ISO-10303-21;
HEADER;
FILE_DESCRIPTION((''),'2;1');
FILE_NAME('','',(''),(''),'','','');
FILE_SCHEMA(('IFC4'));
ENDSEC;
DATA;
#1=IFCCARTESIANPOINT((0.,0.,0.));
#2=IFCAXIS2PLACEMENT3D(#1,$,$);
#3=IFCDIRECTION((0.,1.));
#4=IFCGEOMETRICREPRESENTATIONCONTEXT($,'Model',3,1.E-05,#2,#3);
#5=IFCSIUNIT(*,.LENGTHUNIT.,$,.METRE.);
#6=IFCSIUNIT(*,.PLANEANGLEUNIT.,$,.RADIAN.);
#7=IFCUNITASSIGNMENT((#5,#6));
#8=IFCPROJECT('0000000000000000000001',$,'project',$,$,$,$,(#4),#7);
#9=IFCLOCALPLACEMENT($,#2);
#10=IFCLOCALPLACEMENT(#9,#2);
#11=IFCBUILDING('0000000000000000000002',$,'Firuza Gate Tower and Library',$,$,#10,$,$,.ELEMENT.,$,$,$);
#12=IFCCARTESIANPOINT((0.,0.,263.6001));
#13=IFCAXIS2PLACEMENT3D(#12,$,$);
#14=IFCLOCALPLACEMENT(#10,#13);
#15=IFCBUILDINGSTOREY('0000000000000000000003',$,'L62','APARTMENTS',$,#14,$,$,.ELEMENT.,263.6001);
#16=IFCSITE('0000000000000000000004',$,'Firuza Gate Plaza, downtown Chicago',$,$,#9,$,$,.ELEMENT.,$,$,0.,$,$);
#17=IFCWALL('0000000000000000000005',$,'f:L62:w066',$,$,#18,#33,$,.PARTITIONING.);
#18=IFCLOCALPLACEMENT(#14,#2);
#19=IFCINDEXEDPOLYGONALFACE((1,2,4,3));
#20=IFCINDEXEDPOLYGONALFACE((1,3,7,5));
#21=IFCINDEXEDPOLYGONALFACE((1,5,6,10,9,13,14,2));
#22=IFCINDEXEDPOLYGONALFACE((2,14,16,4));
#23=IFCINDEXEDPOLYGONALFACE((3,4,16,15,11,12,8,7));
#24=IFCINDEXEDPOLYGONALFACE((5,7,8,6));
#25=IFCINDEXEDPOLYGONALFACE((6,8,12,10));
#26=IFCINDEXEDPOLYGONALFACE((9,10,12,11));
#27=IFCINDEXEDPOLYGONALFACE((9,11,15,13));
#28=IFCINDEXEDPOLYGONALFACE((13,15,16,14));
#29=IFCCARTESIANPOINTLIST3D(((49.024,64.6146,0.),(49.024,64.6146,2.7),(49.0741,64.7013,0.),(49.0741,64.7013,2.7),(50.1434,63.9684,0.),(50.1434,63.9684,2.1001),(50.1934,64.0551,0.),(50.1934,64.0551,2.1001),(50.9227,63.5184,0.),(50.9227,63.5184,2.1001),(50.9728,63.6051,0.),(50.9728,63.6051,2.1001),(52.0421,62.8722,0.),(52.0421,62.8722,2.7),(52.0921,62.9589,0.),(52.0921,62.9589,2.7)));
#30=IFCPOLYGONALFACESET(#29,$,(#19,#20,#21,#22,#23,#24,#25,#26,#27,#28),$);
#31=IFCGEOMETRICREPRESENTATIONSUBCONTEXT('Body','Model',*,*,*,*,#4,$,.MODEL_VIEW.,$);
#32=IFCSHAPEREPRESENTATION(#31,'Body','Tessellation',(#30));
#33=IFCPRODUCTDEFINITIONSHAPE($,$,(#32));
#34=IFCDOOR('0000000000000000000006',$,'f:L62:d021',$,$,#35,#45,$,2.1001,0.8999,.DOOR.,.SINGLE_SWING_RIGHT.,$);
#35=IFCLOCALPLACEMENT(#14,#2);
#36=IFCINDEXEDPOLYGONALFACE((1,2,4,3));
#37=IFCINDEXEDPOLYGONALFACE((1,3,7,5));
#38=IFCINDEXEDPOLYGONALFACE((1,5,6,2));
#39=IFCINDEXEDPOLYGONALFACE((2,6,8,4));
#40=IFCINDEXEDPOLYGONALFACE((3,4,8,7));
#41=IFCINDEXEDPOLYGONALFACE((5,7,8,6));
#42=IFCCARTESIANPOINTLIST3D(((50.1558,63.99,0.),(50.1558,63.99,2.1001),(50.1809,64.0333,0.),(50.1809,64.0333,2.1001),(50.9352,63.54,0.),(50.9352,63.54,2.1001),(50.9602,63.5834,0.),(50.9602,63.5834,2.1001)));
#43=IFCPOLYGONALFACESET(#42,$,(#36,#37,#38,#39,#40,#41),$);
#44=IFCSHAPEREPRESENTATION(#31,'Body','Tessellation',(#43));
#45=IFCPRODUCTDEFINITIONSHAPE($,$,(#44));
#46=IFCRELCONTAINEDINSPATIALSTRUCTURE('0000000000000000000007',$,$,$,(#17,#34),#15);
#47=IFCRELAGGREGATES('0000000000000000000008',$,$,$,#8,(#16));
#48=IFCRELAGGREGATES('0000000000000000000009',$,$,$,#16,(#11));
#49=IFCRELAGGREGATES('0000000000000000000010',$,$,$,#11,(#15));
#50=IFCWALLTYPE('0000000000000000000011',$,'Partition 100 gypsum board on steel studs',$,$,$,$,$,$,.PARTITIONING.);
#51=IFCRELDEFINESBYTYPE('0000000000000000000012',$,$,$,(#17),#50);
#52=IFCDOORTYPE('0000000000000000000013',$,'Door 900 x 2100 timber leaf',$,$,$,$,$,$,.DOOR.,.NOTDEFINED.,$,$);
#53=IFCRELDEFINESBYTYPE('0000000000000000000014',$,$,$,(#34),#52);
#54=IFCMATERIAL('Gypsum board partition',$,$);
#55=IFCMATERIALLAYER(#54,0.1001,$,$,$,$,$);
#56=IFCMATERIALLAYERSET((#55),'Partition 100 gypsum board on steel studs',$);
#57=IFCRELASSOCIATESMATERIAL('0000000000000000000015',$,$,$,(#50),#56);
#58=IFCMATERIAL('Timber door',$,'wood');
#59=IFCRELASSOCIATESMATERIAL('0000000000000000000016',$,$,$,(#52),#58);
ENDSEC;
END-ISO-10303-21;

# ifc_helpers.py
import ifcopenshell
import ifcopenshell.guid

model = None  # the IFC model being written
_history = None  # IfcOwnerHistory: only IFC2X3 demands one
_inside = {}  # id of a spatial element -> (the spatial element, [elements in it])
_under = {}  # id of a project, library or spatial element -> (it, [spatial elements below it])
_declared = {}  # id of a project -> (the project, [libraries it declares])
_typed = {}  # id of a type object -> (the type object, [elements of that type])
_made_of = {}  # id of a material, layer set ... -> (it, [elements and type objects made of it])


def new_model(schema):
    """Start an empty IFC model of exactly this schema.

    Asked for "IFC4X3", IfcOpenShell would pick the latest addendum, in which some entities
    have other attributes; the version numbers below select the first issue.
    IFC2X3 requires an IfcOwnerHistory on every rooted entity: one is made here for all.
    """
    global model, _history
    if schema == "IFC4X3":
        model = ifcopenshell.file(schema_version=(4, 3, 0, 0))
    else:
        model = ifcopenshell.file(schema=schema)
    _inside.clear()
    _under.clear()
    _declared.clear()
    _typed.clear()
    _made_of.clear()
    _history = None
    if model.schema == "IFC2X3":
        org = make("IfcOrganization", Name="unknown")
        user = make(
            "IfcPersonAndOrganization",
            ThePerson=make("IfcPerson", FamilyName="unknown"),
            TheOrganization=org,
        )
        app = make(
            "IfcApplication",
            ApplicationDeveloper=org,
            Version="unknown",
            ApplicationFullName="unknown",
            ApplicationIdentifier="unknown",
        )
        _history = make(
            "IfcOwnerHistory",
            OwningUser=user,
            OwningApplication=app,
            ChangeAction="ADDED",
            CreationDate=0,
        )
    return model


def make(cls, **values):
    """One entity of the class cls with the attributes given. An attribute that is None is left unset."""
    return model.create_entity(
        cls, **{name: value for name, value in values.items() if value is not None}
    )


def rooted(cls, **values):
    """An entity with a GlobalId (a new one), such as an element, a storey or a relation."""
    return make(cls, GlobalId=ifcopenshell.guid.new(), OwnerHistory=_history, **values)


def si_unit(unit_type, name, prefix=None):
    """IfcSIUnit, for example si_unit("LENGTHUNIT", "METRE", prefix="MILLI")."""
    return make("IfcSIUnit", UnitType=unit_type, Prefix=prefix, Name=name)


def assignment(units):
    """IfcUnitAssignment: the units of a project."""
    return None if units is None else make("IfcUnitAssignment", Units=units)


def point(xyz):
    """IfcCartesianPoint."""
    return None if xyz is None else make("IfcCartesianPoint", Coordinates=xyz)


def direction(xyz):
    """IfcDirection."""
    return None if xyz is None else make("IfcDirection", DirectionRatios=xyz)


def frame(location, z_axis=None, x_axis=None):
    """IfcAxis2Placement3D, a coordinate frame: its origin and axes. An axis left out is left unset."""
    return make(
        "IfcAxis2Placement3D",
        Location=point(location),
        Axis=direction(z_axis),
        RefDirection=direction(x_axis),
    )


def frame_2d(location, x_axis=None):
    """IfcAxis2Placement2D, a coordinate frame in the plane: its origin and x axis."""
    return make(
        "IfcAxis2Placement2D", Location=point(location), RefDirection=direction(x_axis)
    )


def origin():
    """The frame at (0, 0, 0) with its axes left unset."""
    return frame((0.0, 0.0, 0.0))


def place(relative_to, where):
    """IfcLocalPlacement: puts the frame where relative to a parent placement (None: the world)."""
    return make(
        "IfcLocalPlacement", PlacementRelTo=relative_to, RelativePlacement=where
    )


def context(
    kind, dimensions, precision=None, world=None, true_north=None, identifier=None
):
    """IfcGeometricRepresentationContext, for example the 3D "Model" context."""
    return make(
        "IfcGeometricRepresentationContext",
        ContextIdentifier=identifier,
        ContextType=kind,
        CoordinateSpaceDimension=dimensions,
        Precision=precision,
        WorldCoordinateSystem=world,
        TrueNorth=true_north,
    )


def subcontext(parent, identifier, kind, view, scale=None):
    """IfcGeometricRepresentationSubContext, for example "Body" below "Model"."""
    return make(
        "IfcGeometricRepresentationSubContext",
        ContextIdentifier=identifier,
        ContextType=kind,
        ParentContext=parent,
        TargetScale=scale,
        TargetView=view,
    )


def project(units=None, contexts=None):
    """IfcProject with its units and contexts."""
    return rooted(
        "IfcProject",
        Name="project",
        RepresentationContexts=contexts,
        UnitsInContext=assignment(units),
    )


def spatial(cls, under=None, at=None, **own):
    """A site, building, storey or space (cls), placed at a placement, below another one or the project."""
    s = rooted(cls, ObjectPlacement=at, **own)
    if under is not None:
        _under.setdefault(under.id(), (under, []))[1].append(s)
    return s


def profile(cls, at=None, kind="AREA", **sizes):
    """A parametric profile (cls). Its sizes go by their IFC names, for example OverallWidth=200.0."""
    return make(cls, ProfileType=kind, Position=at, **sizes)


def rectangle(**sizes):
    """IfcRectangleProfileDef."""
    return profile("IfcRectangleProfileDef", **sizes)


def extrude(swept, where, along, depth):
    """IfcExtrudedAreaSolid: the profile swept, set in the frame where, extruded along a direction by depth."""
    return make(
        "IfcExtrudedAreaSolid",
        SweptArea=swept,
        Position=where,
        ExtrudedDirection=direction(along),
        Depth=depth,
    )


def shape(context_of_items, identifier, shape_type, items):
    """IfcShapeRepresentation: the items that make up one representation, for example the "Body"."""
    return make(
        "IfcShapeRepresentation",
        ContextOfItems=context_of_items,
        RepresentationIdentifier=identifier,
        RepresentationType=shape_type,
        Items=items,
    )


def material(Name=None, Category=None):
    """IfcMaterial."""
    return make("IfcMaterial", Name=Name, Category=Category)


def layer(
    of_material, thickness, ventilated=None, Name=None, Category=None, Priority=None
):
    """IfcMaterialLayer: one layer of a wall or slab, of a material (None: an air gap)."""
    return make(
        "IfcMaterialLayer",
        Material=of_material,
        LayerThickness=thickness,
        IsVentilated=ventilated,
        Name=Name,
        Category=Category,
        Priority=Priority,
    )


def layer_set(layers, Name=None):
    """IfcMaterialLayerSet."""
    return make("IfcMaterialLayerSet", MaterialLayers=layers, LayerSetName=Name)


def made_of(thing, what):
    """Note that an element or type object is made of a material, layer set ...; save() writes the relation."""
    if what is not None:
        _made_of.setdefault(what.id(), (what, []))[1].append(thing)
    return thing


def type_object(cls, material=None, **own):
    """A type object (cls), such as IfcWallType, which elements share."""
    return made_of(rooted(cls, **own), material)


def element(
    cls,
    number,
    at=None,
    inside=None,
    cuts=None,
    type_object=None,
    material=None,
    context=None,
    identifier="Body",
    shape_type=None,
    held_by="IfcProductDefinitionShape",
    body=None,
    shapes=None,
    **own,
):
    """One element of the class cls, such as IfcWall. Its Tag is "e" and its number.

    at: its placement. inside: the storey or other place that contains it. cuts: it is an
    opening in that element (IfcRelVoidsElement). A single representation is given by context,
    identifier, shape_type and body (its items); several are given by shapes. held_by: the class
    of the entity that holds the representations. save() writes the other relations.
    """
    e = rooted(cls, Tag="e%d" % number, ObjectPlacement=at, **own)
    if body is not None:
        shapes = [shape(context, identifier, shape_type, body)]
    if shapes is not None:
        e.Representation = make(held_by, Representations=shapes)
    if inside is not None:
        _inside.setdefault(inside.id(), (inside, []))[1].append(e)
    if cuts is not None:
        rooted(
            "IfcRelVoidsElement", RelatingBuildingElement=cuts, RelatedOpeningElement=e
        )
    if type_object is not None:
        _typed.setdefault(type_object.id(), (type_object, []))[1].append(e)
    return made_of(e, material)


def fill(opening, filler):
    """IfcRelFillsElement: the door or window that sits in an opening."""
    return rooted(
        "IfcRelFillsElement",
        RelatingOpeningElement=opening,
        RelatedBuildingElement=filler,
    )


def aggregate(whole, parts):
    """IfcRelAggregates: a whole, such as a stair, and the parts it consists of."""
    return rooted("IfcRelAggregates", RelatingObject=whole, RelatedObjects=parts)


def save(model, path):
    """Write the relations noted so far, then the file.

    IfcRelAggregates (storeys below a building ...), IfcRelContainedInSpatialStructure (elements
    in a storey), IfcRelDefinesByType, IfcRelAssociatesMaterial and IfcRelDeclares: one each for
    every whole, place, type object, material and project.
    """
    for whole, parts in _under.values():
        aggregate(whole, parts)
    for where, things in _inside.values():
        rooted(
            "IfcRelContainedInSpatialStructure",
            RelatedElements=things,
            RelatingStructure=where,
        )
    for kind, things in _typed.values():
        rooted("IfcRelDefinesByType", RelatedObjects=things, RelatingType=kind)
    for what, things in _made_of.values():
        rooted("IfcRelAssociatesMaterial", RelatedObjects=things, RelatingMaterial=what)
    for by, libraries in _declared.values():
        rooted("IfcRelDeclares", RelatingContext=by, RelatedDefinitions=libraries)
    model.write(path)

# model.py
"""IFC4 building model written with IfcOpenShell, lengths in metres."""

from ifc_helpers import new_model, si_unit, direction, frame, frame_2d, origin, place, context, subcontext, project, spatial, rectangle, extrude, material, layer, layer_set, type_object, element, fill, save


model = new_model("IFC4")

# Units and contexts
model_context = context("Model", 3, precision=1e-05, world=origin(), true_north=direction((0.0, 1.0)))
body_context = subcontext(model_context, "Body", "Model", "MODEL_VIEW")
ifc_project = project(units=[si_unit("LENGTHUNIT", "METRE"), si_unit("PLANEANGLEUNIT", "RADIAN")], contexts=[model_context])

# Site, building, storey
site_placement = place(None, origin())
site = spatial("IfcSite", under=ifc_project, at=site_placement, Name="Firuza Gate Plaza, downtown Chicago", CompositionType="ELEMENT", RefElevation=0.0)
building_placement = place(site_placement, origin())
building = spatial("IfcBuilding", under=site, at=building_placement, Name="Firuza Gate Tower and Library", CompositionType="ELEMENT")
storey_placement = place(building_placement, frame((0.0, 0.0, 263.6001)))
storey = spatial("IfcBuildingStorey", under=building, at=storey_placement, Name="L62", Description="APARTMENTS", CompositionType="ELEMENT", Elevation=263.6001)

# Shared definitions
ifc_material_1 = material(Name="Gypsum board partition")
ifc_layer_1 = layer(ifc_material_1, 0.1001)
ifc_layer_set_1 = layer_set([ifc_layer_1], Name="Partition 100 gypsum board on steel studs")
wall_type_1 = type_object("IfcWallType", Name="Partition 100 gypsum board on steel studs", PredefinedType="PARTITIONING", material=ifc_layer_set_1)

# Wall, opening, door
wall_1_placement = place(storey_placement, frame((49.0491, 64.658, 0.0), z_axis=(0.0, 0.0, 1.0), x_axis=(0.866032, -0.499989, 0.0)))
wall_1 = element("IfcWall", 1, at=wall_1_placement, inside=storey, type_object=wall_type_1, Name="f:L62:w066", PredefinedType="PARTITIONING", context=body_context, shape_type="SweptSolid", body=[
    extrude(rectangle(XDim=3.4849, YDim=0.1001, at=frame_2d((1.7424, 0.0))), origin(), (0.0, 0.0, 1.0), 2.7),
])
opening_1_placement = place(wall_1_placement, frame((1.2925, 0.0, 0.0)))
opening_1 = element("IfcOpeningElement", 2, at=opening_1_placement, cuts=wall_1, PredefinedType="OPENING", context=body_context, shape_type="SweptSolid", body=[
    extrude(rectangle(XDim=0.8999, YDim=2.1001, at=frame_2d((0.45, 1.05))), frame((0.0, 0.0601, 0.0), z_axis=(0.0, -1.0, 0.0), x_axis=(1.0, 0.0, 0.0)), (0.0, 0.0, 1.0), 0.1201),
])
ifc_material_2 = material(Name="Timber door", Category="wood")
door_type_1 = type_object("IfcDoorType", Name="Door 900 x 2100 timber leaf", OperationType="NOTDEFINED", PredefinedType="DOOR", material=ifc_material_2)
door_1_placement = place(opening_1_placement, origin())
door_1 = element("IfcDoor", 3, at=door_1_placement, inside=storey, type_object=door_type_1, Name="f:L62:d021", OperationType="SINGLE_SWING_RIGHT", OverallHeight=2.1001, OverallWidth=0.8999, PredefinedType="DOOR", context=body_context, shape_type="SweptSolid", body=[
    extrude(rectangle(XDim=0.8999, YDim=2.1001, at=frame_2d((0.45, 1.05))), frame((0.0, 0.0249, 0.0), z_axis=(0.0, -1.0, 0.0), x_axis=(1.0, 0.0, 0.0)), (0.0, 0.0, 1.0), 0.05),
])
fill(opening_1, door_1)

save(model, "model.ifc")
